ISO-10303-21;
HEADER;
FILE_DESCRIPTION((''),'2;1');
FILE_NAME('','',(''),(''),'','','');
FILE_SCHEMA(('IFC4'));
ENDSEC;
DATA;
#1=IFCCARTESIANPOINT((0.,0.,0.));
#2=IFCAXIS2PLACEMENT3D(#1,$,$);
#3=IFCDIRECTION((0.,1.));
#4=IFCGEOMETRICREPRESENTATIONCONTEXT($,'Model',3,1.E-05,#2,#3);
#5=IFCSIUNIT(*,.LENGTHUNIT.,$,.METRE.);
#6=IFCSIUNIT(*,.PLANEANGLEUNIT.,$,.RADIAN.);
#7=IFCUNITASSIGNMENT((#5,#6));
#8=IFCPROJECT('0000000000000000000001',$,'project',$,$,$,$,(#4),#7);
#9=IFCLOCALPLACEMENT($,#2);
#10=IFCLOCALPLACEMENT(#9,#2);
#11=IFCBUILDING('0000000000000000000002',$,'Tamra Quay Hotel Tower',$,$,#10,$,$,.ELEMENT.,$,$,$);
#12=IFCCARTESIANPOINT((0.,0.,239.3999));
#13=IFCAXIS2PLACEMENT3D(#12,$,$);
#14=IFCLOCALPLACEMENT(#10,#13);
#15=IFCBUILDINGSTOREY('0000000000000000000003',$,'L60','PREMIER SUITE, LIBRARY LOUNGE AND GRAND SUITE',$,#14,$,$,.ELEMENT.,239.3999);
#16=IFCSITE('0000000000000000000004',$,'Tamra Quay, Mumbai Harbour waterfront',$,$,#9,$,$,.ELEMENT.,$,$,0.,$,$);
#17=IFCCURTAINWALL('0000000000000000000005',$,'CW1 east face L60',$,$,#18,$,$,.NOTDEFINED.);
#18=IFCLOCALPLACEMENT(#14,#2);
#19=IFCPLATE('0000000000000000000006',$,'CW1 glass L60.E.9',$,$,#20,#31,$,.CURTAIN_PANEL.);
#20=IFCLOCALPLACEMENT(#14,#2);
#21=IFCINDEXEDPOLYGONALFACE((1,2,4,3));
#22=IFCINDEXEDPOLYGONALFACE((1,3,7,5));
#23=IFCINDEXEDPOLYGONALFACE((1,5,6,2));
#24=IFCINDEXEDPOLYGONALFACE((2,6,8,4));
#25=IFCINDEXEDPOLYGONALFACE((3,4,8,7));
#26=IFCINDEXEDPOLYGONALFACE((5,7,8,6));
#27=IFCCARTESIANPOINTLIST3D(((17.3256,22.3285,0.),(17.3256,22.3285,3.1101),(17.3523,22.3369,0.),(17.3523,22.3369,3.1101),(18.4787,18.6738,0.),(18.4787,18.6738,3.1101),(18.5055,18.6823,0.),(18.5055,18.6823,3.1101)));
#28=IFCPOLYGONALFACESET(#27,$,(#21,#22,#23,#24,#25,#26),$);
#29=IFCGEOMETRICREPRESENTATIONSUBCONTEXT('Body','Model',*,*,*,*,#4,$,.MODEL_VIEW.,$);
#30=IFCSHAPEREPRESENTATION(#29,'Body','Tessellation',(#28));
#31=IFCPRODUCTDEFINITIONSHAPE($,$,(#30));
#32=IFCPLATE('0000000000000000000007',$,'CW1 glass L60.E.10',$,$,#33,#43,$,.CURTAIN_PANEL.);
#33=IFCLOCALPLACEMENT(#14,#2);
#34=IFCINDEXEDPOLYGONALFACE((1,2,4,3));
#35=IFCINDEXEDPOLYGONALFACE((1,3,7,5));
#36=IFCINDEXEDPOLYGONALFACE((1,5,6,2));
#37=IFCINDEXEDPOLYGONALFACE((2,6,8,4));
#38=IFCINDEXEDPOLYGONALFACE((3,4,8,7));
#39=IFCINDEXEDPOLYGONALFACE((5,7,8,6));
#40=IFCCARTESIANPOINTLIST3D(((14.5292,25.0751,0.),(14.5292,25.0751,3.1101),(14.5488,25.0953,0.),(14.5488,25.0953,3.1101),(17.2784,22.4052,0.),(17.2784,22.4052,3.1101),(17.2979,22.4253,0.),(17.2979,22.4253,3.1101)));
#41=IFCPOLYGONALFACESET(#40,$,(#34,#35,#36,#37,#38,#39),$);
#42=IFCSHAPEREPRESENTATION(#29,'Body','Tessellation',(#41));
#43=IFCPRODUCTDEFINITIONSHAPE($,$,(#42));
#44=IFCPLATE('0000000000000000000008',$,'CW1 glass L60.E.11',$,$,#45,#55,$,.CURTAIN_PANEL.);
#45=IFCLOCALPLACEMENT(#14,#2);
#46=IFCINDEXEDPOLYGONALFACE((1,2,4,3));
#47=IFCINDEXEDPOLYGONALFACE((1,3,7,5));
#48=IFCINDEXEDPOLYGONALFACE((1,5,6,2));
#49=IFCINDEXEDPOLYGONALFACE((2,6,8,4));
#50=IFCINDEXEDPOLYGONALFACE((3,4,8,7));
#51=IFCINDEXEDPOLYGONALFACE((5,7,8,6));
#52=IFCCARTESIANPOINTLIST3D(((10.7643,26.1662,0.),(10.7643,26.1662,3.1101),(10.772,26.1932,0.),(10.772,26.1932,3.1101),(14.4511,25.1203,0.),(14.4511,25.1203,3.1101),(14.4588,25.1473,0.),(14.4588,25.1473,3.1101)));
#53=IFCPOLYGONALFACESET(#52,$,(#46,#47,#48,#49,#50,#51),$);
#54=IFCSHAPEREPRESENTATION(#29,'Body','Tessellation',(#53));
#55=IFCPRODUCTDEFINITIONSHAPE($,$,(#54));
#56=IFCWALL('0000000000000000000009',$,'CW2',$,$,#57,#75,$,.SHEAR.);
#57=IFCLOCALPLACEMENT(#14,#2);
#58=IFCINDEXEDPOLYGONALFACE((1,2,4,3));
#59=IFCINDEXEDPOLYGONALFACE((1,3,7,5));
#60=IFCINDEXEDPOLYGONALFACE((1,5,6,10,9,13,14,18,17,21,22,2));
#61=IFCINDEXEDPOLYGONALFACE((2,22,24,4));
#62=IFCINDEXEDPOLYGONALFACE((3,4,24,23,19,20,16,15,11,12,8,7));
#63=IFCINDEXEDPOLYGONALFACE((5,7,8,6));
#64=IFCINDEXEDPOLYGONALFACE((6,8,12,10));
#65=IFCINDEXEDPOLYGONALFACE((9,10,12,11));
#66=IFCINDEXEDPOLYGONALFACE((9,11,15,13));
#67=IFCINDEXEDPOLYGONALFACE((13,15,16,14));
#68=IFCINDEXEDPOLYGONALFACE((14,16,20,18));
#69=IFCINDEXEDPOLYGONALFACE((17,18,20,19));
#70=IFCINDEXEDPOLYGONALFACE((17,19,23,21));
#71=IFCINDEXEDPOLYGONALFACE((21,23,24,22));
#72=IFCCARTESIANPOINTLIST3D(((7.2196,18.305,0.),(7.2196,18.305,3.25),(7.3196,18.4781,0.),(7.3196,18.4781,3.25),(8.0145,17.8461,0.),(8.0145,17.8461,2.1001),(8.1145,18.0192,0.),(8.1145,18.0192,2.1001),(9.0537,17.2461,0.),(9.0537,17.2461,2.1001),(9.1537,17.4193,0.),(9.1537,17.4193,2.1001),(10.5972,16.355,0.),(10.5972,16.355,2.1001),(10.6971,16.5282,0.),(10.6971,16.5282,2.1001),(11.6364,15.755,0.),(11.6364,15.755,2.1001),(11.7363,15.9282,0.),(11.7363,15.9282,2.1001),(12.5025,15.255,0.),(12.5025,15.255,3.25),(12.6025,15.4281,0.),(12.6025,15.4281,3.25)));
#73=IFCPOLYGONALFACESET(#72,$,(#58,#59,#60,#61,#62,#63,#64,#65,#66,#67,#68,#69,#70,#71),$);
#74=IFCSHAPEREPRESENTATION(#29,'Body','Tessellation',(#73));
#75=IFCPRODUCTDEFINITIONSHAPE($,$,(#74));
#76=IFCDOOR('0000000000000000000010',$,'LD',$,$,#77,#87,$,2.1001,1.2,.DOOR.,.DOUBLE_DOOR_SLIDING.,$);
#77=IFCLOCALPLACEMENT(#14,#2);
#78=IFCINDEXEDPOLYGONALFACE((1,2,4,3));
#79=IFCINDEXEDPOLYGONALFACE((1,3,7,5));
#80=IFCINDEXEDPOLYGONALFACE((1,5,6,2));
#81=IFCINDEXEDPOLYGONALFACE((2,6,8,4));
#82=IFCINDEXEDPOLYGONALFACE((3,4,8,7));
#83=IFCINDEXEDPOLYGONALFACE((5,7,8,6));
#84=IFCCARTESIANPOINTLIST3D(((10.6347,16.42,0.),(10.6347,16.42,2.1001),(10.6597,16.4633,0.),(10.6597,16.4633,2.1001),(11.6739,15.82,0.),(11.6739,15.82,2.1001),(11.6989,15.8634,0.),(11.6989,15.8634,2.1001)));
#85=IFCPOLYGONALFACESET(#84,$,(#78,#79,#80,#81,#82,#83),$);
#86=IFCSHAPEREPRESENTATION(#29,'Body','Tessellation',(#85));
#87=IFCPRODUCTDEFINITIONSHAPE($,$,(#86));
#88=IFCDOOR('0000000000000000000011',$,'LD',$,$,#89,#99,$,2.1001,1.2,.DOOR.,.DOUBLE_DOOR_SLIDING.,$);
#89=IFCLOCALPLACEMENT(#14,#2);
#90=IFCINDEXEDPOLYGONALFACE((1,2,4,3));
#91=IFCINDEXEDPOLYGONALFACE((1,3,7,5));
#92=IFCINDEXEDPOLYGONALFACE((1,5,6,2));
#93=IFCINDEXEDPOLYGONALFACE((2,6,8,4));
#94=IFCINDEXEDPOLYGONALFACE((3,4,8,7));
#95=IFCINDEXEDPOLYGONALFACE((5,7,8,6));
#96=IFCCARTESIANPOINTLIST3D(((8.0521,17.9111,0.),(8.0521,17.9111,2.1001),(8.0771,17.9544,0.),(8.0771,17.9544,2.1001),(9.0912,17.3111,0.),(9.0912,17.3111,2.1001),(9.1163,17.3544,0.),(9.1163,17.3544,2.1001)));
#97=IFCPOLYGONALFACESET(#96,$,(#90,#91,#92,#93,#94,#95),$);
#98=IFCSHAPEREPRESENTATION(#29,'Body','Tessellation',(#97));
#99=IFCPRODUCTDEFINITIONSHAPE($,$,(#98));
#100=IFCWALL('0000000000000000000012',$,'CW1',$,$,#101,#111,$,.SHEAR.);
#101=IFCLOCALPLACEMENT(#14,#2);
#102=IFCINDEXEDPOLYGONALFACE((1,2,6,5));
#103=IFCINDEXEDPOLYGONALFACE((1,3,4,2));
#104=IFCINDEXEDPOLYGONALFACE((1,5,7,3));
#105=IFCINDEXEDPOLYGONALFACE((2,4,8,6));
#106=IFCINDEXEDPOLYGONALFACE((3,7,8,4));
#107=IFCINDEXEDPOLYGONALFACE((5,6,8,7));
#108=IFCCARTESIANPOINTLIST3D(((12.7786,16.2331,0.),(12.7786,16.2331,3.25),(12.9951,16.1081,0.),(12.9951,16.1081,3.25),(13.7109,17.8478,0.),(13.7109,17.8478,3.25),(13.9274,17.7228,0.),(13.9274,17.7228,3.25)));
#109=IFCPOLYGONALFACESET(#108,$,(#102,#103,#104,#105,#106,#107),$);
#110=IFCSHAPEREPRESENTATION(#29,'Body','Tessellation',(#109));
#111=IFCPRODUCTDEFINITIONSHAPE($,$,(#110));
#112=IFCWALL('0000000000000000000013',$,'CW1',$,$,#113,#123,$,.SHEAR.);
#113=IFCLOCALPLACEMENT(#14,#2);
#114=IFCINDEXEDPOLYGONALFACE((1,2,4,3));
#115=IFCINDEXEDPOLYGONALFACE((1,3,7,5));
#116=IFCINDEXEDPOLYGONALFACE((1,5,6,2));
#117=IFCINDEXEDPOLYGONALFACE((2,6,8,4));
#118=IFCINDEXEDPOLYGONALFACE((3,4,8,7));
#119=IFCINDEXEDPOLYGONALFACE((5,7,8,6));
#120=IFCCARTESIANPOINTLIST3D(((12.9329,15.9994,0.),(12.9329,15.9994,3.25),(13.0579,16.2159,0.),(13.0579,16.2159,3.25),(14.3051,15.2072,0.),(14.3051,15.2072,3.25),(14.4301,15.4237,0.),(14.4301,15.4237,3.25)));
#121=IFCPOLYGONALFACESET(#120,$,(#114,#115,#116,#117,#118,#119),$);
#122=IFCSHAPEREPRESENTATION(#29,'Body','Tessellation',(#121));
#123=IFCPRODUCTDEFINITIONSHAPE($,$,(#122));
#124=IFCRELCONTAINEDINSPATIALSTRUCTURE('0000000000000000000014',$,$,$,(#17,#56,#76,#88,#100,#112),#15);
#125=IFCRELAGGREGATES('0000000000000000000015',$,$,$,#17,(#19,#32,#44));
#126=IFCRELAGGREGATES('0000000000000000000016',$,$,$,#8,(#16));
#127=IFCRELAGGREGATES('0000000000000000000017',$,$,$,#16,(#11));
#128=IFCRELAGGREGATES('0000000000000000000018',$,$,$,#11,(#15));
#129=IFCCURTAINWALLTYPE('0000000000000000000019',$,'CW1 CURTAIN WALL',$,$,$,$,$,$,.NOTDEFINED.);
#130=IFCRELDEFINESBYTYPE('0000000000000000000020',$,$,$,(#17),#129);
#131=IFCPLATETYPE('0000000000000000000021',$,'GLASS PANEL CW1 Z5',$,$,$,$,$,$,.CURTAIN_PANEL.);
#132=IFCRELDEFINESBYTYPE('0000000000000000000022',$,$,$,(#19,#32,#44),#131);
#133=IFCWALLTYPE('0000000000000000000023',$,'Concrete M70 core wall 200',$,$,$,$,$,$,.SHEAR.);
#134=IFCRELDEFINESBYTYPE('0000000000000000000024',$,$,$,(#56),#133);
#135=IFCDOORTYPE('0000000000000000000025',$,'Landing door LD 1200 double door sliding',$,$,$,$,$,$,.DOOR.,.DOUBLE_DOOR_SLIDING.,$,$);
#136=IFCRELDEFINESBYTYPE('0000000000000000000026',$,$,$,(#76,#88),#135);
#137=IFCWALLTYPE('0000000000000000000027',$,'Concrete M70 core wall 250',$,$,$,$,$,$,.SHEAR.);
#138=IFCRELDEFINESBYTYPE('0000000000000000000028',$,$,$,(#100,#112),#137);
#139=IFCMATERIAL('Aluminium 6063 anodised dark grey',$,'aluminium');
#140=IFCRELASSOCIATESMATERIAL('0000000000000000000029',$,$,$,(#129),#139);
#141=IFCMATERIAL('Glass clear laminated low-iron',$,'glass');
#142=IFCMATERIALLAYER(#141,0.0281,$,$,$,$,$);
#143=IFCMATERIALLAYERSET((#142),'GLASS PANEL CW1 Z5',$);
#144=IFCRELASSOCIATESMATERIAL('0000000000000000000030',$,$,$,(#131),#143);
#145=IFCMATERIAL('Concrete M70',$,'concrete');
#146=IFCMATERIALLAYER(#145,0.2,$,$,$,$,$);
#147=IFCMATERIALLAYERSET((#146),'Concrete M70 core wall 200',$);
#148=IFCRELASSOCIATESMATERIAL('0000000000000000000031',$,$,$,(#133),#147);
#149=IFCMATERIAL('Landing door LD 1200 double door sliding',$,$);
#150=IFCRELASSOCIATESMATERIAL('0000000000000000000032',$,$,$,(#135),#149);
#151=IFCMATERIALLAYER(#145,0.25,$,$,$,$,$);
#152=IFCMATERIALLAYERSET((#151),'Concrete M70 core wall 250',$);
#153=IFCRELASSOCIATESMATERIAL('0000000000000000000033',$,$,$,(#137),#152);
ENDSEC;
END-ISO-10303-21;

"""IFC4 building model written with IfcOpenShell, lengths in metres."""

from ifc_helpers import new_model, si_unit, direction, frame, frame_2d, origin, origin_2d, place, context, subcontext, project, spatial, rectangle, extrude, material, layer, layer_set, type_object, element, fill, aggregate, save


model = new_model("IFC4")

# Units and contexts
model_context = context("Model", 3, precision=1e-05, world=origin(), true_north=direction((0.0, 1.0)))
body_context = subcontext(model_context, "Body", "Model", "MODEL_VIEW")
ifc_project = project(units=[si_unit("LENGTHUNIT", "METRE"), si_unit("PLANEANGLEUNIT", "RADIAN")], contexts=[model_context])

# Site, building, storey
site_placement = place(None, origin())
site = spatial("IfcSite", under=ifc_project, at=site_placement, Name="Tamra Quay, Mumbai Harbour waterfront", CompositionType="ELEMENT", RefElevation=0.0)
building_placement = place(site_placement, origin())
building = spatial("IfcBuilding", under=site, at=building_placement, Name="Tamra Quay Hotel Tower", CompositionType="ELEMENT")
storey_placement = place(building_placement, frame((0.0, 0.0, 239.3999)))
storey = spatial("IfcBuildingStorey", under=building, at=storey_placement, Name="L60", Description="PREMIER SUITE, LIBRARY LOUNGE AND GRAND SUITE", CompositionType="ELEMENT", Elevation=239.3999)

# Shared definitions
ifc_material_1 = material(Name="Concrete M70", Category="concrete")

# Curtain wall
ifc_material_2 = material(Name="Aluminium 6063 anodised dark grey", Category="aluminium")
curtain_wall_type = type_object("IfcCurtainWallType", Name="CW1 CURTAIN WALL", PredefinedType="NOTDEFINED", material=ifc_material_2)
curtain_wall_placement = place(storey_placement, origin())
curtain_wall = element("IfcCurtainWall", 1, at=curtain_wall_placement, inside=storey, type_object=curtain_wall_type, Name="CW1 east face L60", PredefinedType="NOTDEFINED")

# Plates
ifc_material_3 = material(Name="Glass clear laminated low-iron", Category="glass")
ifc_layer_1 = layer(ifc_material_3, 0.0281)
ifc_layer_set_1 = layer_set([ifc_layer_1], Name="GLASS PANEL CW1 Z5")
plate_type = type_object("IfcPlateType", Name="GLASS PANEL CW1 Z5", PredefinedType="CURTAIN_PANEL", material=ifc_layer_set_1)
plate_1_placement = place(storey_placement, frame((17.9155, 20.5054, 0.0), z_axis=(0.0, 0.0, 1.0), x_axis=(-0.300903, 0.953655, 0.0)))
plate_1 = element("IfcPlate", 2, at=plate_1_placement, type_object=plate_type, Name="CW1 glass L60.E.9", PredefinedType="CURTAIN_PANEL", context=body_context, shape_type="SweptSolid", body=[
    extrude(rectangle(XDim=3.8323, YDim=0.0281, at=origin_2d()), origin(), (0.0, 0.0, 1.0), 3.1101),
])
plate_2_placement = place(storey_placement, frame((15.9136, 23.7502, 0.0), z_axis=(0.0, 0.0, 1.0), x_axis=(-0.717364, 0.696698, 0.0)))
plate_2 = element("IfcPlate", 3, at=plate_2_placement, type_object=plate_type, Name="CW1 glass L60.E.10", PredefinedType="CURTAIN_PANEL", context=body_context, shape_type="SweptSolid", body=[
    extrude(rectangle(XDim=3.8323, YDim=0.0281, at=origin_2d()), origin(), (0.0, 0.0, 1.0), 3.1101),
])
plate_3_placement = place(storey_placement, frame((12.6116, 25.6567, 0.0), z_axis=(0.0, 0.0, 1.0), x_axis=(-0.962041, 0.272906, 0.0)))
plate_3 = element("IfcPlate", 4, at=plate_3_placement, type_object=plate_type, Name="CW1 glass L60.E.11", PredefinedType="CURTAIN_PANEL", context=body_context, shape_type="SweptSolid", body=[
    extrude(rectangle(XDim=3.8323, YDim=0.0281, at=origin_2d()), origin(), (0.0, 0.0, 1.0), 3.1101),
])
aggregate(curtain_wall, [plate_1, plate_2, plate_3])

# Wall, openings, doors
ifc_layer_2 = layer(ifc_material_1, 0.2)
ifc_layer_set_2 = layer_set([ifc_layer_2], Name="Concrete M70 core wall 200")
wall_type_1 = type_object("IfcWallType", Name="Concrete M70 core wall 200", PredefinedType="SHEAR", material=ifc_layer_set_2)
wall_1_placement = place(storey_placement, frame((12.5525, 15.3416, 0.0), z_axis=(0.0, 0.0, 1.0), x_axis=(-0.86603, 0.499992, 0.0)))
wall_1 = element("IfcWall", 5, at=wall_1_placement, inside=storey, type_object=wall_type_1, Name="CW2", PredefinedType="SHEAR", context=body_context, shape_type="SweptSolid", body=[
    extrude(rectangle(XDim=6.1001, YDim=0.2, at=frame_2d((3.05, 0.0))), origin(), (0.0, 0.0, 1.0), 3.25),
])
opening_1_placement = place(wall_1_placement, frame((1.0, 0.0, 0.0)))
opening_1 = element("IfcOpeningElement", 6, at=opening_1_placement, cuts=wall_1, PredefinedType="OPENING", context=body_context, shape_type="SweptSolid", body=[
    extrude(rectangle(XDim=1.2, YDim=2.1001, at=frame_2d((0.6001, 1.05))), frame((0.0, 0.1099, 0.0), z_axis=(0.0, -1.0, 0.0), x_axis=(1.0, 0.0, 0.0)), (0.0, 0.0, 1.0), 0.22),
])
opening_2_placement = place(wall_1_placement, frame((3.9822, 0.0, 0.0)))
opening_2 = element("IfcOpeningElement", 7, at=opening_2_placement, cuts=wall_1, PredefinedType="OPENING", context=body_context, shape_type="SweptSolid", body=[
    extrude(rectangle(XDim=1.2, YDim=2.1001, at=frame_2d((0.6001, 1.05))), frame((0.0, 0.1099, 0.0), z_axis=(0.0, -1.0, 0.0), x_axis=(1.0, 0.0, 0.0)), (0.0, 0.0, 1.0), 0.22),
])
ifc_material_4 = material(Name="Landing door LD 1200 double door sliding")
door_type = type_object("IfcDoorType", Name="Landing door LD 1200 double door sliding", OperationType="DOUBLE_DOOR_SLIDING", PredefinedType="DOOR", material=ifc_material_4)
door_1_placement = place(opening_1_placement, origin())
door_1 = element("IfcDoor", 8, at=door_1_placement, inside=storey, type_object=door_type, Name="LD", OperationType="DOUBLE_DOOR_SLIDING", OverallHeight=2.1001, OverallWidth=1.2, PredefinedType="DOOR", context=body_context, shape_type="SweptSolid", body=[
    extrude(rectangle(XDim=1.2, YDim=2.1001, at=frame_2d((0.6001, 1.05))), frame((0.0, 0.0249, 0.0), z_axis=(0.0, -1.0, 0.0), x_axis=(1.0, 0.0, 0.0)), (0.0, 0.0, 1.0), 0.05),
])
fill(opening_1, door_1)
door_2_placement = place(opening_2_placement, origin())
door_2 = element("IfcDoor", 9, at=door_2_placement, inside=storey, type_object=door_type, Name="LD", OperationType="DOUBLE_DOOR_SLIDING", OverallHeight=2.1001, OverallWidth=1.2, PredefinedType="DOOR", context=body_context, shape_type="SweptSolid", body=[
    extrude(rectangle(XDim=1.2, YDim=2.1001, at=frame_2d((0.6001, 1.05))), frame((0.0, 0.0249, 0.0), z_axis=(0.0, -1.0, 0.0), x_axis=(1.0, 0.0, 0.0)), (0.0, 0.0, 1.0), 0.05),
])
fill(opening_2, door_2)

# Walls
ifc_layer_3 = layer(ifc_material_1, 0.25)
ifc_layer_set_3 = layer_set([ifc_layer_3], Name="Concrete M70 core wall 250")
wall_type_2 = type_object("IfcWallType", Name="Concrete M70 core wall 250", PredefinedType="SHEAR", material=ifc_layer_set_3)
wall_2_placement = place(storey_placement, frame((13.8191, 17.7852, 0.0), z_axis=(0.0, 0.0, 1.0), x_axis=(-0.50004, -0.866002, 0.0)))
element("IfcWall", 10, at=wall_2_placement, inside=storey, type_object=wall_type_2, Name="CW1", PredefinedType="SHEAR", context=body_context, shape_type="SweptSolid", body=[
    extrude(rectangle(XDim=1.8645, YDim=0.25, at=frame_2d((0.9321, 0.0))), origin(), (0.0, 0.0, 1.0), 3.25),
])
wall_3_placement = place(storey_placement, frame((12.9954, 16.1077, 0.0), z_axis=(0.0, 0.0, 1.0), x_axis=(0.866044, -0.499967, 0.0)))
element("IfcWall", 11, at=wall_3_placement, inside=storey, type_object=wall_type_2, Name="CW1", PredefinedType="SHEAR", context=body_context, shape_type="SweptSolid", body=[
    extrude(rectangle(XDim=1.5845, YDim=0.25, at=frame_2d((0.7922, 0.0))), origin(), (0.0, 0.0, 1.0), 3.25),
])

save(model, "model.ifc")
